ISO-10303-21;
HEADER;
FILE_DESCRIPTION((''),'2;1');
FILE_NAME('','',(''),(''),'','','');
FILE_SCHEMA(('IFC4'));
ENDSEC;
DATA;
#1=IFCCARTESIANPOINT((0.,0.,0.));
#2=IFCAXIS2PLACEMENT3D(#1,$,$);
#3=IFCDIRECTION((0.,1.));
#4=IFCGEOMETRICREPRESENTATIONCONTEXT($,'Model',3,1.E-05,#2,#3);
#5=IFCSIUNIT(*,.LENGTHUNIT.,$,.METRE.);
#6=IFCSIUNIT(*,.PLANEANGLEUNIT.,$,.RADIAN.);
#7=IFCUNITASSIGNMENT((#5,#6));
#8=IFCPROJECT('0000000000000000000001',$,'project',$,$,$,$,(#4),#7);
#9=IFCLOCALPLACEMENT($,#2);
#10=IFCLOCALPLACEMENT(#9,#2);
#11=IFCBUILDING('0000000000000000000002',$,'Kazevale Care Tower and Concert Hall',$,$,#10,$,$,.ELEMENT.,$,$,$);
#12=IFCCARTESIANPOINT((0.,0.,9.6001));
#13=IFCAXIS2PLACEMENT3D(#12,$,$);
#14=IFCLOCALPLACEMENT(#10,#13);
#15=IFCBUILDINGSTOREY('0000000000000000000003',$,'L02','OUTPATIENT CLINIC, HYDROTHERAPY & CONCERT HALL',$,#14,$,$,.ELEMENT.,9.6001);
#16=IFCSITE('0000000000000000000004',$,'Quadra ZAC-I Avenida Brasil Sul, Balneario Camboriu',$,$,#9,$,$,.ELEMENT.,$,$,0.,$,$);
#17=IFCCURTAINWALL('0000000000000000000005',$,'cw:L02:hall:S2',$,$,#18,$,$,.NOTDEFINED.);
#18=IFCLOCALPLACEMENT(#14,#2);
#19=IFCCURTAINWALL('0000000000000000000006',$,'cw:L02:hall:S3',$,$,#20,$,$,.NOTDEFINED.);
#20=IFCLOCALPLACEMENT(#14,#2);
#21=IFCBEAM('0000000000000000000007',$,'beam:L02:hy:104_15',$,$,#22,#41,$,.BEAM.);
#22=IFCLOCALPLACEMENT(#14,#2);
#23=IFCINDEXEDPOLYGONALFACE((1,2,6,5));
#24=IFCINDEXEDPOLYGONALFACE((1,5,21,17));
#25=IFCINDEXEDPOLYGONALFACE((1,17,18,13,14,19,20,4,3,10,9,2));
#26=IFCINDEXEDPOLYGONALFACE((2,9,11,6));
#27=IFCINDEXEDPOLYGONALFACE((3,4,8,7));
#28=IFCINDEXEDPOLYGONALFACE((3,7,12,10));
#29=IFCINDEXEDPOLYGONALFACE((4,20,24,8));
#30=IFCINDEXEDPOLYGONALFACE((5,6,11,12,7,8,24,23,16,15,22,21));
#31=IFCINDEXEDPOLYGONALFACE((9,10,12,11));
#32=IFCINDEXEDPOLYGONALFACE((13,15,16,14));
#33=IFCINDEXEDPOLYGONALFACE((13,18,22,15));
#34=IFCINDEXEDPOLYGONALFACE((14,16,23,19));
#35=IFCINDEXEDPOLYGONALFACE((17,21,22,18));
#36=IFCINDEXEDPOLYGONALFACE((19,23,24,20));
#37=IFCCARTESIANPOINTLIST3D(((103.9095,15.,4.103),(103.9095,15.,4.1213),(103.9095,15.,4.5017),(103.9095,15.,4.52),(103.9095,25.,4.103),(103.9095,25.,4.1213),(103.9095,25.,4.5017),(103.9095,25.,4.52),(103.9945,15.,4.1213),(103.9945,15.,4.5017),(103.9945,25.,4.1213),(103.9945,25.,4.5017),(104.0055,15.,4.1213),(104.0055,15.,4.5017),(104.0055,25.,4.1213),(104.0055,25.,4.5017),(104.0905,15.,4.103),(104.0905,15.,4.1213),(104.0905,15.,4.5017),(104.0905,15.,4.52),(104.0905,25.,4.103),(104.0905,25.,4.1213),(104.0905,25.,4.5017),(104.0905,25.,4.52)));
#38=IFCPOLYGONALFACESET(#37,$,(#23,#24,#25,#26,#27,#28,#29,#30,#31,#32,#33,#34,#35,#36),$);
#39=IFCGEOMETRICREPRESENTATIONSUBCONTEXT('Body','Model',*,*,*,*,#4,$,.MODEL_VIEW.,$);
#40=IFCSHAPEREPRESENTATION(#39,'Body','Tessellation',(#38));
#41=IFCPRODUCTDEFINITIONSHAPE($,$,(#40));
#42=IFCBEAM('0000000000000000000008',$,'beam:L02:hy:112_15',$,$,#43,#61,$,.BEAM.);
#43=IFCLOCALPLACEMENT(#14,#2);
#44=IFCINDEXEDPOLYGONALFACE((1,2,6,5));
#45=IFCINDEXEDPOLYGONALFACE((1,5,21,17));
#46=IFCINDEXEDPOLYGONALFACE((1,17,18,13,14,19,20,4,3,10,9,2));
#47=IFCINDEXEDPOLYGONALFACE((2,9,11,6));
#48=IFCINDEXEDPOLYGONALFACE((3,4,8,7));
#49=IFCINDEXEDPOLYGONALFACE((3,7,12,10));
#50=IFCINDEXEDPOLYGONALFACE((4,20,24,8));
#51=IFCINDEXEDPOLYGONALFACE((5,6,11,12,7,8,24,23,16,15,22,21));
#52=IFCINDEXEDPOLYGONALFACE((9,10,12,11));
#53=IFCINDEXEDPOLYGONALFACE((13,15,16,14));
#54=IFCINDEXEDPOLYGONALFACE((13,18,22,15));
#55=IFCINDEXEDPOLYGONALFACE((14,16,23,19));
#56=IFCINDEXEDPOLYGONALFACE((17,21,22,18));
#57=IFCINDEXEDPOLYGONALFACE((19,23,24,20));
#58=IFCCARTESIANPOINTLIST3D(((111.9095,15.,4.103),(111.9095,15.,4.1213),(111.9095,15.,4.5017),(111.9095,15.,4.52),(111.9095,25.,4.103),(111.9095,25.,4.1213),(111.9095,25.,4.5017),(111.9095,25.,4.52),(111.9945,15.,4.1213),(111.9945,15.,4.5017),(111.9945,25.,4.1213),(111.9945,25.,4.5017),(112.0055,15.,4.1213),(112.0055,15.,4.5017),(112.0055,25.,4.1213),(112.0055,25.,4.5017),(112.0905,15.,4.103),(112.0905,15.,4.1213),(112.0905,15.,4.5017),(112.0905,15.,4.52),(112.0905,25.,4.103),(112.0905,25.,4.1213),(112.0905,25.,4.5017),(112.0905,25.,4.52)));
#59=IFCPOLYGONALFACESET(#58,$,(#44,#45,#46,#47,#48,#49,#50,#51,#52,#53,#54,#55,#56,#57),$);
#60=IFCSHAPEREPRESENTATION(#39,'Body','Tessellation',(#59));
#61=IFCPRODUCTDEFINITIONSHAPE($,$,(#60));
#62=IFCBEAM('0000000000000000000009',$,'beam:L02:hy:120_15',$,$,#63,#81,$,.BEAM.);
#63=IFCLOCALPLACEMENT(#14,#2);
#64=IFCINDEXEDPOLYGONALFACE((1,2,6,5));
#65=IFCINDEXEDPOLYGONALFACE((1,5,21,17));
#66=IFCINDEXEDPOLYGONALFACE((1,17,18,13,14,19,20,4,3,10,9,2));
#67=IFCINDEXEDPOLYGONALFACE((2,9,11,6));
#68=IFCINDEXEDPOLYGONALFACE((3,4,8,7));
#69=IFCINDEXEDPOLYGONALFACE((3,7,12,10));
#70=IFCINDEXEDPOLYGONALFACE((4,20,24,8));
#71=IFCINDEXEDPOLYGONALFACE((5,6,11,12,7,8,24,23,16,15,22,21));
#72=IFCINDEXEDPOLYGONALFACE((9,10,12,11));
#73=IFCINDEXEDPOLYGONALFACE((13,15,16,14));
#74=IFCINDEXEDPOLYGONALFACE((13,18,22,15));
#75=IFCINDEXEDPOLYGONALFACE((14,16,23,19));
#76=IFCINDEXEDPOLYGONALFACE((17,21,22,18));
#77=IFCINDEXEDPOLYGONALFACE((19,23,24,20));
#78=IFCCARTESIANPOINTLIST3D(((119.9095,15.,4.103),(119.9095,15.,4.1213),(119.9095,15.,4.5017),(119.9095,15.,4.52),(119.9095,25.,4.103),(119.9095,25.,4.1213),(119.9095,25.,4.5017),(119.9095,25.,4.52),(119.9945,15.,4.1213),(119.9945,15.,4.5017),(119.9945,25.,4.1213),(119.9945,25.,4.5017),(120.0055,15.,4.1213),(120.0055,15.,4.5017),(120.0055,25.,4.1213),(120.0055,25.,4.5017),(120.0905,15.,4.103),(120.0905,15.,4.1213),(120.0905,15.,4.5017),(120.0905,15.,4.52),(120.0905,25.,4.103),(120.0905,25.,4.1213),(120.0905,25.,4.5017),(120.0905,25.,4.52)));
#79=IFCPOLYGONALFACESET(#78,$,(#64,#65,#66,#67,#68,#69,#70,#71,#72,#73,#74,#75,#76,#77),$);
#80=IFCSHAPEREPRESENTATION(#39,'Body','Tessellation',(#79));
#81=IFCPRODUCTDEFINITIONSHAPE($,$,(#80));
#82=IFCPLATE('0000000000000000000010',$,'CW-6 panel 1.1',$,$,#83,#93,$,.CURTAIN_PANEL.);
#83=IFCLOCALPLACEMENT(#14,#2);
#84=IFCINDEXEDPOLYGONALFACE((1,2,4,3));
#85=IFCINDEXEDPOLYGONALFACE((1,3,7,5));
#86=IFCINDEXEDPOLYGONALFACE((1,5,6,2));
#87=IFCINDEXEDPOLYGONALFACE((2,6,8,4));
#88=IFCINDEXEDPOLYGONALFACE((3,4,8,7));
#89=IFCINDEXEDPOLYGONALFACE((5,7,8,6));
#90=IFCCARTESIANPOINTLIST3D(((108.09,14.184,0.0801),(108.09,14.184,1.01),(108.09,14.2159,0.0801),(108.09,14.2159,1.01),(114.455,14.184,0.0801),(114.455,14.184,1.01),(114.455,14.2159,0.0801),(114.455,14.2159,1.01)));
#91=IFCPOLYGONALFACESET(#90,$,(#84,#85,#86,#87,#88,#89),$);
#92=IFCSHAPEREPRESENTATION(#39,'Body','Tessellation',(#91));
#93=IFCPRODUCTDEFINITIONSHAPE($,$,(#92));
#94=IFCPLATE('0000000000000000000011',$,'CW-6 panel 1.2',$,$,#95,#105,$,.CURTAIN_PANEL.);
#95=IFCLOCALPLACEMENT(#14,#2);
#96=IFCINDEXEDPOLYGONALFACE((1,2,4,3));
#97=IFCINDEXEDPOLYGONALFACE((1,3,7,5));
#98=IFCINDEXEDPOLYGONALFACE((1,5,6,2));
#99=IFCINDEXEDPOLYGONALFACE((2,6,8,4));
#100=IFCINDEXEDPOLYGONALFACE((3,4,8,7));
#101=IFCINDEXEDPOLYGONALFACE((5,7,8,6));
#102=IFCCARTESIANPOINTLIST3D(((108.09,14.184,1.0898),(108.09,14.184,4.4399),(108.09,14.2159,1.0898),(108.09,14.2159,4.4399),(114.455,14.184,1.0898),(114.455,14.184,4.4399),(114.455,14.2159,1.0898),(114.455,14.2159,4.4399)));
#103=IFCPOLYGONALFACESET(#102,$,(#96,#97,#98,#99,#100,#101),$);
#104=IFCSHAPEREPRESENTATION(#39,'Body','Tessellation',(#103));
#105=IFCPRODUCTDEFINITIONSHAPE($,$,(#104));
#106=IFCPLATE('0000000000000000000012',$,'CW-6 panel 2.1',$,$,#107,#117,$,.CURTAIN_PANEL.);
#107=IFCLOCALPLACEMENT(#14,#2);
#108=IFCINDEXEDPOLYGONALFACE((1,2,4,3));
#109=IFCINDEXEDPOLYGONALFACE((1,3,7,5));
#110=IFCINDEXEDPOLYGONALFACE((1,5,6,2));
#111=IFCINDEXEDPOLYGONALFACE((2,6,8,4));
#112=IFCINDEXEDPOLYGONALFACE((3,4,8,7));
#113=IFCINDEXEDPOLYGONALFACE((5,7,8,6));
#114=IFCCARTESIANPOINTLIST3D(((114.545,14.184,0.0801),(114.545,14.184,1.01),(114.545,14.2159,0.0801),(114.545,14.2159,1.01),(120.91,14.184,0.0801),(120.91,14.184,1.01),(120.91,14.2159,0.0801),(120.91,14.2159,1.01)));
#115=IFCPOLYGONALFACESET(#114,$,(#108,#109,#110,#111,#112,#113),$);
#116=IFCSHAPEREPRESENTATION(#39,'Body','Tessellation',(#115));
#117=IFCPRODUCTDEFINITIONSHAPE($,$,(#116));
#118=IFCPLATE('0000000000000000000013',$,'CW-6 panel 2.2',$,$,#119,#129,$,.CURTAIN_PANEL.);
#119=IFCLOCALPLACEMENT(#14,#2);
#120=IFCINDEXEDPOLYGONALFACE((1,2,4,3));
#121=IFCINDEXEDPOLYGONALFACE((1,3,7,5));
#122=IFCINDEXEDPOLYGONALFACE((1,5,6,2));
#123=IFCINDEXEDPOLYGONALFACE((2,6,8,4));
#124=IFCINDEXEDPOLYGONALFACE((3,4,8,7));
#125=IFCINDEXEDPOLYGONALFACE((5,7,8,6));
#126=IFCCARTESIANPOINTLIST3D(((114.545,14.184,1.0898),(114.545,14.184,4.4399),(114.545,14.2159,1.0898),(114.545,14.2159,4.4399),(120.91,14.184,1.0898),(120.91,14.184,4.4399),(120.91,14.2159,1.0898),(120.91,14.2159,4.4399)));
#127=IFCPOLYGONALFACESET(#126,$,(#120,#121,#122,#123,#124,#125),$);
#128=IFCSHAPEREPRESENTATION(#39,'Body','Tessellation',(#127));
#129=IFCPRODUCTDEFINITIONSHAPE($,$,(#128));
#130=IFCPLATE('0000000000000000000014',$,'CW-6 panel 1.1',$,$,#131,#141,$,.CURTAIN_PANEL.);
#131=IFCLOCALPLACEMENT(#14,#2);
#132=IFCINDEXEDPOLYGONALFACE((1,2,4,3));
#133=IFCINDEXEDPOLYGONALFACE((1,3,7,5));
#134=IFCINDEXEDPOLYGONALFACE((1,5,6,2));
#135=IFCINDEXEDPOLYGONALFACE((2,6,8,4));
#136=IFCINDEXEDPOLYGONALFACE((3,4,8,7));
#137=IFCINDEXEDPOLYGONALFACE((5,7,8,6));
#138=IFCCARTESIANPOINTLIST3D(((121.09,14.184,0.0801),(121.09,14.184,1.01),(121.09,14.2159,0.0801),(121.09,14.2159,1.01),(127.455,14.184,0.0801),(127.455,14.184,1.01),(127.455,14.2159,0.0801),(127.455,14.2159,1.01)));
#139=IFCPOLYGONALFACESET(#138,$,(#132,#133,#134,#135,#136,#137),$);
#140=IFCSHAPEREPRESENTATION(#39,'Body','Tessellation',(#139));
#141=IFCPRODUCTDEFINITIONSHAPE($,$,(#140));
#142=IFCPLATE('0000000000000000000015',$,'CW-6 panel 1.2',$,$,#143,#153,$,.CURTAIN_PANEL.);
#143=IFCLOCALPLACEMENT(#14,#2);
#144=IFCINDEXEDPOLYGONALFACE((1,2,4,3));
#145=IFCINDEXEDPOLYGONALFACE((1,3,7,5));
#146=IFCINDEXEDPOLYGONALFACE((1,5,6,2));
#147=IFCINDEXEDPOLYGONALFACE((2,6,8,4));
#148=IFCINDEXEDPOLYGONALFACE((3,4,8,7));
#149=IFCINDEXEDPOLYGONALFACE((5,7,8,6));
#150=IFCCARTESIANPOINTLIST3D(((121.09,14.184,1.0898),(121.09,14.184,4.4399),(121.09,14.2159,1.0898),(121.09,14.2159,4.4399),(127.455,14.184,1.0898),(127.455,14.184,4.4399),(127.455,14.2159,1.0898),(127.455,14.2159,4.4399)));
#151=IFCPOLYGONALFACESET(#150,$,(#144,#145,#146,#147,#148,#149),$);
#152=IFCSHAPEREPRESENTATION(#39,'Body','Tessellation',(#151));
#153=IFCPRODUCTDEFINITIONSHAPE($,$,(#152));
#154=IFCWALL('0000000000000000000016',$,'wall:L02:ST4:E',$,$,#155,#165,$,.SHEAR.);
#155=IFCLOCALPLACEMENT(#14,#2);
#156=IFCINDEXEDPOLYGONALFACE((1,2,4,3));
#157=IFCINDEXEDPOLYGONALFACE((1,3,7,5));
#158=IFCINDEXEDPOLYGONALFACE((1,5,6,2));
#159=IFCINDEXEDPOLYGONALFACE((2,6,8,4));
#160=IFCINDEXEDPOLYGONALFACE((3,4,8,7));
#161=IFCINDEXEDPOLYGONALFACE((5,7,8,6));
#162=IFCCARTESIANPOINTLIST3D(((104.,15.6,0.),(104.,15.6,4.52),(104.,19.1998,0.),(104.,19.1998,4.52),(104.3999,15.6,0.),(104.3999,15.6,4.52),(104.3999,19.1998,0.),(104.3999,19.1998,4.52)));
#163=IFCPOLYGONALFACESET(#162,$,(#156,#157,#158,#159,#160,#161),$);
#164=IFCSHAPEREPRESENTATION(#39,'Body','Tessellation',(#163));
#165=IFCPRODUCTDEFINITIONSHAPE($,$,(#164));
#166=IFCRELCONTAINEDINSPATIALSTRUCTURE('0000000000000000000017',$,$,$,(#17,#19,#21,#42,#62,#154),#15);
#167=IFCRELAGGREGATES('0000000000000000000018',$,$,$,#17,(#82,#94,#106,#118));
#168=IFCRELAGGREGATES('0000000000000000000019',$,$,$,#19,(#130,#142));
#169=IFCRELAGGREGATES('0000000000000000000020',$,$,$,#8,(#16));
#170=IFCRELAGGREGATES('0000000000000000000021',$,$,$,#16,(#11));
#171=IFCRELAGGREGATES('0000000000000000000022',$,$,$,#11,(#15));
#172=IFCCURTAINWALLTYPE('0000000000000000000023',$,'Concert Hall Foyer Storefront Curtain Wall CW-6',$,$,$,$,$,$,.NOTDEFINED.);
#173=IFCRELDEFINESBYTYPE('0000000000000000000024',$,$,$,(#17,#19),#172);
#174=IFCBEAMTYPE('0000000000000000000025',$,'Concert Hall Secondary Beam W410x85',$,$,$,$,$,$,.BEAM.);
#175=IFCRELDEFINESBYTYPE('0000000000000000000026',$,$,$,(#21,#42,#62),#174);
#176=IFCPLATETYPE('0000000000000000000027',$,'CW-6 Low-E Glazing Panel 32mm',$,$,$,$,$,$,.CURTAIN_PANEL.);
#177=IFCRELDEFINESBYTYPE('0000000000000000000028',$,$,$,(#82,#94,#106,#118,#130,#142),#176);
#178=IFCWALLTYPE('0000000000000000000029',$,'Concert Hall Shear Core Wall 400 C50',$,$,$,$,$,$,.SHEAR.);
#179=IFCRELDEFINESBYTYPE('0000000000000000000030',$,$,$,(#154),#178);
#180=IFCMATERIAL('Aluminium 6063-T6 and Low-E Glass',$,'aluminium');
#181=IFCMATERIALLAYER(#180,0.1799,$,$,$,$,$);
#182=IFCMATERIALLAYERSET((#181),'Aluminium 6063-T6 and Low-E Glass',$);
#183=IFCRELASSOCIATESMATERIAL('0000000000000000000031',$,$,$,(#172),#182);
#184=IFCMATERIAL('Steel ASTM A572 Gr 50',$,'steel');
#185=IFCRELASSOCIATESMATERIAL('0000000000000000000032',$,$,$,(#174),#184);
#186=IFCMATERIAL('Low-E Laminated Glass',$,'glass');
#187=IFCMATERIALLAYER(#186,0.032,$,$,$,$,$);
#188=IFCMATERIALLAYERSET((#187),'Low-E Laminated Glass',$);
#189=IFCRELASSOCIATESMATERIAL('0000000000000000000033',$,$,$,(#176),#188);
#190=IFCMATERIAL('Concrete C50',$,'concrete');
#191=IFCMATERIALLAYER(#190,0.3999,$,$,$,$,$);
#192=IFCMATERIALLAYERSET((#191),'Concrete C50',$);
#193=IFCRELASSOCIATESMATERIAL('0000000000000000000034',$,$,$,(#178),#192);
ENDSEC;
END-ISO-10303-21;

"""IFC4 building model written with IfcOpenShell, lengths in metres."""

from ifc_helpers import new_model, si_unit, direction, frame, frame_2d, origin, origin_2d, place, context, subcontext, project, spatial, rectangle, i_section, extrude, material, layer, layer_set, material_profile, profile_set, type_object, element, aggregate, save


model = new_model("IFC4")

# Units and contexts
model_context = context("Model", 3, precision=1e-05, world=origin(), true_north=direction((0.0, 1.0)))
body_context = subcontext(model_context, "Body", "Model", "MODEL_VIEW")
ifc_project = project(units=[si_unit("LENGTHUNIT", "METRE"), si_unit("PLANEANGLEUNIT", "RADIAN")], contexts=[model_context])

# Site, building, storey
site_placement = place(None, origin())
site = spatial("IfcSite", under=ifc_project, at=site_placement, Name="Quadra ZAC-I Avenida Brasil Sul, Balneario Camboriu", CompositionType="ELEMENT", RefElevation=0.0)
building_placement = place(site_placement, origin())
building = spatial("IfcBuilding", under=site, at=building_placement, Name="Kazevale Care Tower and Concert Hall", CompositionType="ELEMENT")
storey_placement = place(building_placement, frame((0.0, 0.0, 9.6001)))
storey = spatial("IfcBuildingStorey", under=building, at=storey_placement, Name="L02", Description="OUTPATIENT CLINIC, HYDROTHERAPY & CONCERT HALL", CompositionType="ELEMENT", Elevation=9.6001)

# Shared definitions
ifc_material_1 = material(Name="Concrete C50", Category="concrete")

# Curtain walls
ifc_material_2 = material(Name="Aluminium 6063-T6 and Low-E Glass", Category="aluminium")
ifc_layer_1 = layer(ifc_material_2, 0.1799)
ifc_layer_set_1 = layer_set([ifc_layer_1], Name="Aluminium 6063-T6 and Low-E Glass")
curtain_wall_type = type_object("IfcCurtainWallType", Name="Concert Hall Foyer Storefront Curtain Wall CW-6", PredefinedType="NOTDEFINED", material=ifc_layer_set_1)
curtain_wall_1_placement = place(storey_placement, origin())
curtain_wall_1 = element("IfcCurtainWall", 1, at=curtain_wall_1_placement, inside=storey, type_object=curtain_wall_type, Name="cw:L02:hall:S2", PredefinedType="NOTDEFINED")
curtain_wall_2_placement = place(storey_placement, origin())
curtain_wall_2 = element("IfcCurtainWall", 2, at=curtain_wall_2_placement, inside=storey, type_object=curtain_wall_type, Name="cw:L02:hall:S3", PredefinedType="NOTDEFINED")

# Beams
ifc_material_3 = material(Name="Steel ASTM A572 Gr 50", Category="steel")
ifc_material_profile_1 = material_profile(ifc_material_3, i_section(OverallWidth=0.1809, OverallDepth=0.417, WebThickness=0.011, FlangeThickness=0.0183, at=origin_2d()), Name="W410x85")
ifc_profile_set_1 = profile_set([ifc_material_profile_1], Name="Steel ASTM A572 Gr 50")
beam_type_1 = type_object("IfcBeamType", Name="Concert Hall Secondary Beam W410x85", PredefinedType="BEAM", material=ifc_profile_set_1)
for number, where, z_axis, x_axis, name in (
    (3, (104.0, 15.0, 4.3115), (0.0, 1.0, 0.0), (-1.0, 0.0, 0.0), "beam:L02:hy:104_15"),
    (4, (112.0, 15.0, 4.3115), (0.0, 1.0, 0.0), (-1.0, 0.0, 0.0), "beam:L02:hy:112_15"),
    (5, (120.0, 15.0, 4.3115), (0.0, 1.0, 0.0), (-1.0, 0.0, 0.0), "beam:L02:hy:120_15"),
):
    element("IfcBeam", number, at=place(storey_placement, frame(where, z_axis=z_axis, x_axis=x_axis)), inside=storey, type_object=beam_type_1, Name=name, PredefinedType="BEAM", context=body_context, shape_type="SweptSolid", body=[
        extrude(i_section(OverallWidth=0.1809, OverallDepth=0.417, WebThickness=0.011, FlangeThickness=0.0183, at=origin_2d()), origin(), (0.0, 0.0, 1.0), 10.0),
    ])

# Plates
ifc_material_4 = material(Name="Low-E Laminated Glass", Category="glass")
ifc_layer_2 = layer(ifc_material_4, 0.032)
ifc_layer_set_2 = layer_set([ifc_layer_2], Name="Low-E Laminated Glass")
plate_type = type_object("IfcPlateType", Name="CW-6 Low-E Glazing Panel 32mm", PredefinedType="CURTAIN_PANEL", material=ifc_layer_set_2)
plate_1_placement = place(storey_placement, frame((111.2725, 14.2, 0.0801), z_axis=(0.0, 0.0, 1.0), x_axis=(1.0, 0.0, 0.0)))
plate_1 = element("IfcPlate", 6, at=plate_1_placement, type_object=plate_type, Name="CW-6 panel 1.1", PredefinedType="CURTAIN_PANEL", context=body_context, shape_type="SweptSolid", body=[
    extrude(rectangle(XDim=6.365, YDim=0.032, at=origin_2d()), origin(), (0.0, 0.0, 1.0), 0.9299),
])
plate_2_placement = place(storey_placement, frame((111.2725, 14.2, 1.0898), z_axis=(0.0, 0.0, 1.0), x_axis=(1.0, 0.0, 0.0)))
plate_2 = element("IfcPlate", 7, at=plate_2_placement, type_object=plate_type, Name="CW-6 panel 1.2", PredefinedType="CURTAIN_PANEL", context=body_context, shape_type="SweptSolid", body=[
    extrude(rectangle(XDim=6.365, YDim=0.032, at=origin_2d()), origin(), (0.0, 0.0, 1.0), 3.3501),
])
plate_3_placement = place(storey_placement, frame((117.7275, 14.2, 0.0801), z_axis=(0.0, 0.0, 1.0), x_axis=(1.0, 0.0, 0.0)))
plate_3 = element("IfcPlate", 8, at=plate_3_placement, type_object=plate_type, Name="CW-6 panel 2.1", PredefinedType="CURTAIN_PANEL", context=body_context, shape_type="SweptSolid", body=[
    extrude(rectangle(XDim=6.365, YDim=0.032, at=origin_2d()), origin(), (0.0, 0.0, 1.0), 0.9299),
])
plate_4_placement = place(storey_placement, frame((117.7275, 14.2, 1.0898), z_axis=(0.0, 0.0, 1.0), x_axis=(1.0, 0.0, 0.0)))
plate_4 = element("IfcPlate", 9, at=plate_4_placement, type_object=plate_type, Name="CW-6 panel 2.2", PredefinedType="CURTAIN_PANEL", context=body_context, shape_type="SweptSolid", body=[
    extrude(rectangle(XDim=6.365, YDim=0.032, at=origin_2d()), origin(), (0.0, 0.0, 1.0), 3.3501),
])
aggregate(curtain_wall_1, [plate_1, plate_2, plate_3, plate_4])
plate_5_placement = place(storey_placement, frame((124.2725, 14.2, 0.0801), z_axis=(0.0, 0.0, 1.0), x_axis=(1.0, 0.0, 0.0)))
plate_5 = element("IfcPlate", 10, at=plate_5_placement, type_object=plate_type, Name="CW-6 panel 1.1", PredefinedType="CURTAIN_PANEL", context=body_context, shape_type="SweptSolid", body=[
    extrude(rectangle(XDim=6.365, YDim=0.032, at=origin_2d()), origin(), (0.0, 0.0, 1.0), 0.9299),
])
plate_6_placement = place(storey_placement, frame((124.2725, 14.2, 1.0898), z_axis=(0.0, 0.0, 1.0), x_axis=(1.0, 0.0, 0.0)))
plate_6 = element("IfcPlate", 11, at=plate_6_placement, type_object=plate_type, Name="CW-6 panel 1.2", PredefinedType="CURTAIN_PANEL", context=body_context, shape_type="SweptSolid", body=[
    extrude(rectangle(XDim=6.365, YDim=0.032, at=origin_2d()), origin(), (0.0, 0.0, 1.0), 3.3501),
])
aggregate(curtain_wall_2, [plate_5, plate_6])

# Wall
ifc_layer_3 = layer(ifc_material_1, 0.3999)
ifc_layer_set_3 = layer_set([ifc_layer_3], Name="Concrete C50")
wall_type = type_object("IfcWallType", Name="Concert Hall Shear Core Wall 400 C50", PredefinedType="SHEAR", material=ifc_layer_set_3)
wall_placement = place(storey_placement, frame((104.2, 15.6001, 0.0), z_axis=(0.0, 0.0, 1.0), x_axis=(0.0, 1.0, 0.0)))
element("IfcWall", 12, at=wall_placement, inside=storey, type_object=wall_type, Name="wall:L02:ST4:E", PredefinedType="SHEAR", context=body_context, shape_type="SweptSolid", body=[
    extrude(rectangle(XDim=3.5999, YDim=0.3999, at=frame_2d((1.7998, 0.0))), origin(), (0.0, 0.0, 1.0), 4.52),
])

save(model, "model.ifc")
